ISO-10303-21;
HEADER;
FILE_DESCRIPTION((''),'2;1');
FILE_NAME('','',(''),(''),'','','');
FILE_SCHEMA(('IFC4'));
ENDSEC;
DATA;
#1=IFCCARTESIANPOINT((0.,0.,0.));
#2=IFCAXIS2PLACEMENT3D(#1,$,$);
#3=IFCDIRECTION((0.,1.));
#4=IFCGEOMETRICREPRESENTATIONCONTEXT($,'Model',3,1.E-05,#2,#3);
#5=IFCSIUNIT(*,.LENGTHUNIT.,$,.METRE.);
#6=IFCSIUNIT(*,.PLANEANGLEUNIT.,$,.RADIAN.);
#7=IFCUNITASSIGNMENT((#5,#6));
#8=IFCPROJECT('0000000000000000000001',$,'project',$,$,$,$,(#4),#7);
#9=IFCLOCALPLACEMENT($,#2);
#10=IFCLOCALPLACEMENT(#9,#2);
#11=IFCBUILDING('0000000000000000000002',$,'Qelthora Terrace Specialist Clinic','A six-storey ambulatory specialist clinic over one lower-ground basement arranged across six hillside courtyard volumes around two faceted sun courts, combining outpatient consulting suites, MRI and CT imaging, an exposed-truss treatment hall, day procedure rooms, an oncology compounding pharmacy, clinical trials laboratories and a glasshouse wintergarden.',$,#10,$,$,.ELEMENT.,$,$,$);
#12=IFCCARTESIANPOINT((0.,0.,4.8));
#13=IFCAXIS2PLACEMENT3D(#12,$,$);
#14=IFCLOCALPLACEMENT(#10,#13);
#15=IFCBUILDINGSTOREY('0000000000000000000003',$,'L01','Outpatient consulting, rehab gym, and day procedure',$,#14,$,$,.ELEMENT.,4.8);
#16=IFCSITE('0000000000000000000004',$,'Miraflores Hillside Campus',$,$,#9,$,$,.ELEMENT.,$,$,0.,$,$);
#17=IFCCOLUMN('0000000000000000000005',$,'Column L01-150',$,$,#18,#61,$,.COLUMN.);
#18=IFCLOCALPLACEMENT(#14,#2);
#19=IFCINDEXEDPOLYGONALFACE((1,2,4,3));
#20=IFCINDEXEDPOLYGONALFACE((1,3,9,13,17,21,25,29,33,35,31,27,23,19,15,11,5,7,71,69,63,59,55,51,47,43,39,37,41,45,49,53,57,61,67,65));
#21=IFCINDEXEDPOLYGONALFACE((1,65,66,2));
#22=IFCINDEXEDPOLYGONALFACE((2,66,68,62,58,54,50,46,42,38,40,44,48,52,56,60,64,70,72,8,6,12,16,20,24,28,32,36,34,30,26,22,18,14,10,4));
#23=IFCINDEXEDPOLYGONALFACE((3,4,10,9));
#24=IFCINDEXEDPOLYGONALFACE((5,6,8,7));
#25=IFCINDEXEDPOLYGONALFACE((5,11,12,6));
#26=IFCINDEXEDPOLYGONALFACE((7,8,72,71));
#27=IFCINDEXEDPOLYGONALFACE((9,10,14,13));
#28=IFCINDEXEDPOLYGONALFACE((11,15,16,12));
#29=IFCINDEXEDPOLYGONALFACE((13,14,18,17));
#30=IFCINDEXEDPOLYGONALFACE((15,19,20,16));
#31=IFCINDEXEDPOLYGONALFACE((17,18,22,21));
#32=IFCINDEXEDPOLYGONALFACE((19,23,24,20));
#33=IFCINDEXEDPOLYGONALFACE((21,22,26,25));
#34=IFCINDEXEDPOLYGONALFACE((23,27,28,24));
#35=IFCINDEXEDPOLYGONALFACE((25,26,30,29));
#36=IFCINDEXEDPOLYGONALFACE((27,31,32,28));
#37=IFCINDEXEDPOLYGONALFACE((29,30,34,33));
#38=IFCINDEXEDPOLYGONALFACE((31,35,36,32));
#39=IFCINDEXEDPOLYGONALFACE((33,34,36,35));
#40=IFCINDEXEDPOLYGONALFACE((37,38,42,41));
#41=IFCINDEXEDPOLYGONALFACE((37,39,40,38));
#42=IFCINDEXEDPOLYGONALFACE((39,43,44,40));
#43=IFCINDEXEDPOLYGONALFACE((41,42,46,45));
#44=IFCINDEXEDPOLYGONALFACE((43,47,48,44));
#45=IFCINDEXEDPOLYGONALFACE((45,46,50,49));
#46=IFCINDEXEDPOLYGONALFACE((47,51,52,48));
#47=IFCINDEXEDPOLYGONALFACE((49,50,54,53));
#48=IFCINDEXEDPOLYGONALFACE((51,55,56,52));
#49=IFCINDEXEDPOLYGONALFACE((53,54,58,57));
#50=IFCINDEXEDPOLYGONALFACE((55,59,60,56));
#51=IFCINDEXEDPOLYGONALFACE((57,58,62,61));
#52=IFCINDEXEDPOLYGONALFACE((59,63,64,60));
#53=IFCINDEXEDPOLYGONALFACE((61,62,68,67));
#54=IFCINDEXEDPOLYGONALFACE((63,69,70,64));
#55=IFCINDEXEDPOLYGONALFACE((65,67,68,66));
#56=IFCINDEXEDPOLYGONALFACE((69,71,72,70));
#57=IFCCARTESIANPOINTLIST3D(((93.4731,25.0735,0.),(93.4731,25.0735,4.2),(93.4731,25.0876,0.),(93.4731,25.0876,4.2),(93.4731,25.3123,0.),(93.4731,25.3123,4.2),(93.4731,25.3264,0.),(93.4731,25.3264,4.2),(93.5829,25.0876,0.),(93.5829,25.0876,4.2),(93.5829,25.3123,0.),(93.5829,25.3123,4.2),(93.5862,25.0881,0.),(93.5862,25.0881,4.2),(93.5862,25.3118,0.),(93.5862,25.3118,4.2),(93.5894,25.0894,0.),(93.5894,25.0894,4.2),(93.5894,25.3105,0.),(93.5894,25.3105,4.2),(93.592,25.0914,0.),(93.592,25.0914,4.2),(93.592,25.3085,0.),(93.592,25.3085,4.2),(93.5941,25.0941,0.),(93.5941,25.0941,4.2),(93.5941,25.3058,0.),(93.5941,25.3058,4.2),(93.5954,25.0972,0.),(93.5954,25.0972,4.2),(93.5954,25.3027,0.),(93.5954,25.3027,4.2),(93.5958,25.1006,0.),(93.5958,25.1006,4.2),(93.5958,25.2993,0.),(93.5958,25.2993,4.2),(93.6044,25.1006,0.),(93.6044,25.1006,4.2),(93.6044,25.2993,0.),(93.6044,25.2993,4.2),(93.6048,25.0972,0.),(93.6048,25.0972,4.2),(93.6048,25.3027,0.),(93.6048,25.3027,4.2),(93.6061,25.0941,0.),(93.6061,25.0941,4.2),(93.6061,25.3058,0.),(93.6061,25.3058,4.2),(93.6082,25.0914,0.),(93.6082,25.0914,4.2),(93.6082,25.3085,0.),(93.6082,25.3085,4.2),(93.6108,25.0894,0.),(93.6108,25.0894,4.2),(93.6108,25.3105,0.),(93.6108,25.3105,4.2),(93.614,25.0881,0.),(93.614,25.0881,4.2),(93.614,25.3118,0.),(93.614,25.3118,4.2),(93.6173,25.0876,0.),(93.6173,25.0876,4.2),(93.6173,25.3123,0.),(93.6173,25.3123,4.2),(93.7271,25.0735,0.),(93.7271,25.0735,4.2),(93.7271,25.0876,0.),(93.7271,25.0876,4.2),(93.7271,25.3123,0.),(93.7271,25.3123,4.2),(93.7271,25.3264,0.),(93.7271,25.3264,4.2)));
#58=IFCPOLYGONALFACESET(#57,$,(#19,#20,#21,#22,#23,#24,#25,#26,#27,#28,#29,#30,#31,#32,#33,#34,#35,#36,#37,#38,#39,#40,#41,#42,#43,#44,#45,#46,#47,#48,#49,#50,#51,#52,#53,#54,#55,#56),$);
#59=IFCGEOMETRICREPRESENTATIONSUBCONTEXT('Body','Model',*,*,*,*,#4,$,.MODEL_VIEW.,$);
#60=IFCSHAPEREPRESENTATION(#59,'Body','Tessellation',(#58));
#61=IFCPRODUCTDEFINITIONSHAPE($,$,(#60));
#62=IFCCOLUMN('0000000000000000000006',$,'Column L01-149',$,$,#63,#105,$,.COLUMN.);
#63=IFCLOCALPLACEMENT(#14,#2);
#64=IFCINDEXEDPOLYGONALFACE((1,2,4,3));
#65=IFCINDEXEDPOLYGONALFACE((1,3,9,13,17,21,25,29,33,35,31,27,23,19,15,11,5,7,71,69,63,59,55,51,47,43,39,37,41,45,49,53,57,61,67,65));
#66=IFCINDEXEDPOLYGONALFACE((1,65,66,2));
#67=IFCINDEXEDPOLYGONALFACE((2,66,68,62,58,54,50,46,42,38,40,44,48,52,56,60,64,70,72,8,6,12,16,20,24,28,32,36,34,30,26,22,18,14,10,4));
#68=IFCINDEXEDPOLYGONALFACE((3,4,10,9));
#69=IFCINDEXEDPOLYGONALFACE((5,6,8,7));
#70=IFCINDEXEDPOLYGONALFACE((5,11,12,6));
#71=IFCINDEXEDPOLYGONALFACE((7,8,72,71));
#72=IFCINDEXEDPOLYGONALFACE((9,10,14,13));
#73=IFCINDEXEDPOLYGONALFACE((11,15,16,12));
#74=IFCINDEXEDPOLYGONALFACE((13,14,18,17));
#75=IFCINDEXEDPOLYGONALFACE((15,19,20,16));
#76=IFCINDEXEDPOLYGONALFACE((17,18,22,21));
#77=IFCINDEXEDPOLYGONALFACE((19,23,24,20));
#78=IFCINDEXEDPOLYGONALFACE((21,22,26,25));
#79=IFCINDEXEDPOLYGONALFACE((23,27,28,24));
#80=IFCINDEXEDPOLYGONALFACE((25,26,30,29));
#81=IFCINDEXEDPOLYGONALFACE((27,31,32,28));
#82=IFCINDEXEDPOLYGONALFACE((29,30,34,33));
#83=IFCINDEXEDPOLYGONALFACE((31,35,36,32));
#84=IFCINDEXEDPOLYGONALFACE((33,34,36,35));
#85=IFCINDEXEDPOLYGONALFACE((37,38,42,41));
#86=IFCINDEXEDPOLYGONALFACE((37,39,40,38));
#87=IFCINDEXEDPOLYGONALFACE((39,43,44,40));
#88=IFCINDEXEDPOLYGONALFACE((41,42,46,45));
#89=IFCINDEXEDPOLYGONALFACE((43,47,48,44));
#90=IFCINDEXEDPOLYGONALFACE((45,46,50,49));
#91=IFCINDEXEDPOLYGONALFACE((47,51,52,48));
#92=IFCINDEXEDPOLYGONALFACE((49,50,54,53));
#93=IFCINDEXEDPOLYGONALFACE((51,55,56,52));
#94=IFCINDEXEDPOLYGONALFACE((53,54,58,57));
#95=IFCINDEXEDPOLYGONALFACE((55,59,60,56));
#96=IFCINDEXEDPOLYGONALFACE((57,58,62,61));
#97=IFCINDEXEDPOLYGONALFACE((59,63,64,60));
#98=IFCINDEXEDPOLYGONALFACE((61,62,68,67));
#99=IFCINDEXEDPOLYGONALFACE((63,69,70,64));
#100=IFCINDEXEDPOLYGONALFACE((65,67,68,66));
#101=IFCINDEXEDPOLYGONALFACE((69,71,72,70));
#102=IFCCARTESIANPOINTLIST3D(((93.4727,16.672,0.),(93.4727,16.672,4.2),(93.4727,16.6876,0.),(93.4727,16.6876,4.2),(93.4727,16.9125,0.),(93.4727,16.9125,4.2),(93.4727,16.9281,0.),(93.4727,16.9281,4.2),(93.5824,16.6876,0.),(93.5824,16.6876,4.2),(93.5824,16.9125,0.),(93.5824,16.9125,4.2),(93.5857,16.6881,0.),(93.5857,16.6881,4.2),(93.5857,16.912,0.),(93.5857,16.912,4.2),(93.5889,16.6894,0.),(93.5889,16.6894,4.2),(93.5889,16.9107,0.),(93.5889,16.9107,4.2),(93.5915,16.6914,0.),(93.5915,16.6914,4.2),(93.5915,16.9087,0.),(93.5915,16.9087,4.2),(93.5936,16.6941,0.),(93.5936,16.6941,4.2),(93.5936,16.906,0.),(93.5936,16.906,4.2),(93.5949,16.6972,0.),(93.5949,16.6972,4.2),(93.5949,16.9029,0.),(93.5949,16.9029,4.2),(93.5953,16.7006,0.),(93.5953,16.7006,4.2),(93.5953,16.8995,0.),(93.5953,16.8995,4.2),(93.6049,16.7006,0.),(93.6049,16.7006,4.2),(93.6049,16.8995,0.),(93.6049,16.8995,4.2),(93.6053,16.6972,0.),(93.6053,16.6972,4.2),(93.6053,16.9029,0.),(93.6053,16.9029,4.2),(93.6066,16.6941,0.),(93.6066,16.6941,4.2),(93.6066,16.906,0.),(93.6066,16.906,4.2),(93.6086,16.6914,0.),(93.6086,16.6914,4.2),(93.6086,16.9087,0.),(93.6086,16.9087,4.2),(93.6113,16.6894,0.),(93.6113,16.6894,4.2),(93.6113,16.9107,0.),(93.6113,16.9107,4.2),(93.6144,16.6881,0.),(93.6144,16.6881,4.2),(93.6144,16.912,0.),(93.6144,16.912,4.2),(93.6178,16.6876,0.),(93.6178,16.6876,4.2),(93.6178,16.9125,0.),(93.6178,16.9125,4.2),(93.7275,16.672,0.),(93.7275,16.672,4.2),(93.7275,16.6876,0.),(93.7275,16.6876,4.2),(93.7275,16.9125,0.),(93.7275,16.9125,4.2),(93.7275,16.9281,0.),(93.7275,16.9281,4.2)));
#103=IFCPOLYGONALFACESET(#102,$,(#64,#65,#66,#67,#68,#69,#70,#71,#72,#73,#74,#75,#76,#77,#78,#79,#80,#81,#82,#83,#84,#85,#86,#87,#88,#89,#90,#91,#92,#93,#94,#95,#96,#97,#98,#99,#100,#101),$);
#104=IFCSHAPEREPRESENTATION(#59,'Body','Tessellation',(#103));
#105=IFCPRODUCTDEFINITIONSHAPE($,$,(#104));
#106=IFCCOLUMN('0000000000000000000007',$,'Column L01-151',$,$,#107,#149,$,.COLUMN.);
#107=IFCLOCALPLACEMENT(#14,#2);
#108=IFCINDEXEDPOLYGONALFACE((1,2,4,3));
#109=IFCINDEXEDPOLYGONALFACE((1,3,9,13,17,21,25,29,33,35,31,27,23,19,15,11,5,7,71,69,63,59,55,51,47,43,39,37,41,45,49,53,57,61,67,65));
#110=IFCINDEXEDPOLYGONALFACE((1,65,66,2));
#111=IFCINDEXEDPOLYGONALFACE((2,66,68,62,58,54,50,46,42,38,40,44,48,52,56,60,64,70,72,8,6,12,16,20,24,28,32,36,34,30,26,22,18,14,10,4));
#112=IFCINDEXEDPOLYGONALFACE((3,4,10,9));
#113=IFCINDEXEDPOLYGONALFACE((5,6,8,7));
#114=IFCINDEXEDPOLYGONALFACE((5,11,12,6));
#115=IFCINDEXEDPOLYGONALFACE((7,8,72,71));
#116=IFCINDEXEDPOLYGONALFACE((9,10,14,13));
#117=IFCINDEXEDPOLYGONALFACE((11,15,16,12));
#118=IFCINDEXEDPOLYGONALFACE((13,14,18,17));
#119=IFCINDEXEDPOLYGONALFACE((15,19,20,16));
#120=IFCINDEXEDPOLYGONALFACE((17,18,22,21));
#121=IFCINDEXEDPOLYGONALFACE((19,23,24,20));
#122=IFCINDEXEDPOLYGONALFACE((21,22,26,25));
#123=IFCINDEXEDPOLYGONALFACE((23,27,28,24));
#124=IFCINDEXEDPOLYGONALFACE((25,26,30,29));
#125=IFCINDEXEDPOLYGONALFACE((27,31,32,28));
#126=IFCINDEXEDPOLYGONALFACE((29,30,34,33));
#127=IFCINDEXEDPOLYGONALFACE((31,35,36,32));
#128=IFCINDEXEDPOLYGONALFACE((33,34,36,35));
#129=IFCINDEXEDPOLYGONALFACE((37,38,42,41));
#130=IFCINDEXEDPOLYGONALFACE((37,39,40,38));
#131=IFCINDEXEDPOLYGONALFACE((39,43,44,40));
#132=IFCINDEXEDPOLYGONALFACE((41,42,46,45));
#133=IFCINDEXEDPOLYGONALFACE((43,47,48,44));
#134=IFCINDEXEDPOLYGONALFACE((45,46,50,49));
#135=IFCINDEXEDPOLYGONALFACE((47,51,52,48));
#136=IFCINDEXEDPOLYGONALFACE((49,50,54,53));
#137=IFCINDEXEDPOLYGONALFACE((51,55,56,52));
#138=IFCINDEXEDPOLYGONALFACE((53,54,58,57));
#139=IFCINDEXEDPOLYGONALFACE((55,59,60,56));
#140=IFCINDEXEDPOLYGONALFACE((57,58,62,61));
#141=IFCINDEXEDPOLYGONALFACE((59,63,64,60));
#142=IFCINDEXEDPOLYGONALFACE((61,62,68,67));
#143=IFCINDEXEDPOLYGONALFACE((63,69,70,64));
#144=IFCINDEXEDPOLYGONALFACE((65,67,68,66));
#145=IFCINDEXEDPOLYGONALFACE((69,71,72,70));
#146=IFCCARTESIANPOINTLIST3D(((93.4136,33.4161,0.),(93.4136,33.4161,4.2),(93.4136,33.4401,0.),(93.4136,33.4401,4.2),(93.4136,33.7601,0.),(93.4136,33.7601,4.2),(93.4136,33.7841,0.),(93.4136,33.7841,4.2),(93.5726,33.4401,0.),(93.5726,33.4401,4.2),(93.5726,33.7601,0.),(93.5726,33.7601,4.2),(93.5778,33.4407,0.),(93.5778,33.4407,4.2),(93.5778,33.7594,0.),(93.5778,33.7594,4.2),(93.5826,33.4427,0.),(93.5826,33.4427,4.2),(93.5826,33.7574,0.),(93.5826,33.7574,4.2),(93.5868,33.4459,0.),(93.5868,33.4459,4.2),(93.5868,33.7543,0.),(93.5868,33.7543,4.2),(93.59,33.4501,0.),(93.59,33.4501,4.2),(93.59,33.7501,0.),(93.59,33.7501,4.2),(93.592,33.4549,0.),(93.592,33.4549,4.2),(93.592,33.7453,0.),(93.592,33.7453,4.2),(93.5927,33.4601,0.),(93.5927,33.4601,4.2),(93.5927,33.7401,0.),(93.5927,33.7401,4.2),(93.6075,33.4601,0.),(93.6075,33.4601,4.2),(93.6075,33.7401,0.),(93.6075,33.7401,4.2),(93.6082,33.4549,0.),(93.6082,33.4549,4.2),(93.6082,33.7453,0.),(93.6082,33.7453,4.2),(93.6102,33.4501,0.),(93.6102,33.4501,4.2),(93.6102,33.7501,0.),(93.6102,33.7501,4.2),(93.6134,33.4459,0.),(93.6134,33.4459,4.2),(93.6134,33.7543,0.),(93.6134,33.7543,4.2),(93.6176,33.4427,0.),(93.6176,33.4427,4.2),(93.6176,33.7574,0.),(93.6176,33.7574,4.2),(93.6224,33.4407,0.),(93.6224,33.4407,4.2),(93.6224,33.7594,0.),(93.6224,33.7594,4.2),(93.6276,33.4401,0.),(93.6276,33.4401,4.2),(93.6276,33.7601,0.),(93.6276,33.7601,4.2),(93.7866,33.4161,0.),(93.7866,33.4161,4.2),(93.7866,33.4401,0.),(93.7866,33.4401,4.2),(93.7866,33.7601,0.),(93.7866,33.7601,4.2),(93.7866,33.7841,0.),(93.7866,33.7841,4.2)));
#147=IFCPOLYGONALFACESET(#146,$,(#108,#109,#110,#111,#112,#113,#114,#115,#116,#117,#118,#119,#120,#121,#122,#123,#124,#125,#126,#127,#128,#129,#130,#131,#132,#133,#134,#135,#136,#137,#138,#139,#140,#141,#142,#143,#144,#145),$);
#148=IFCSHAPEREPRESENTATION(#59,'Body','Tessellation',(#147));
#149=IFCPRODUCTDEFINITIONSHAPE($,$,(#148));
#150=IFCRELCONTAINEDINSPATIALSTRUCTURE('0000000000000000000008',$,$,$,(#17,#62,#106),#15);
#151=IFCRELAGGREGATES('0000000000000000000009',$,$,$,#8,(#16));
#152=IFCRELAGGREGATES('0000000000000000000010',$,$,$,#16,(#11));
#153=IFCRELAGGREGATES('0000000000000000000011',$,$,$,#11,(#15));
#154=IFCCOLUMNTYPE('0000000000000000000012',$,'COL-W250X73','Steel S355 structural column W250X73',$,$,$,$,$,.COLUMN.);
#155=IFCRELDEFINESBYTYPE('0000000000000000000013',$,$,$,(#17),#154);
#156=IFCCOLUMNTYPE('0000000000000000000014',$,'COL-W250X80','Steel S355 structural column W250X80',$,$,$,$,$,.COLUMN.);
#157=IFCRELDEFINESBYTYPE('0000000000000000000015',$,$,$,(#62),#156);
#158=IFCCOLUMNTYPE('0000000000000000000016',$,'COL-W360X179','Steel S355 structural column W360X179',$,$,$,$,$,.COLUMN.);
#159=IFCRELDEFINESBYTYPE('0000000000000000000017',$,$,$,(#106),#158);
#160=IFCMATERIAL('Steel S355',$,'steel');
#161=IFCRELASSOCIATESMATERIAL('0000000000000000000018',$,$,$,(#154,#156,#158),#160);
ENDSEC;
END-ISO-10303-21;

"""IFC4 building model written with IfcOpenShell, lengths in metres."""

from ifc_helpers import new_model, si_unit, direction, frame, origin, origin_2d, place, context, subcontext, project, spatial, i_section, extrude, material, material_profile, profile_set, type_object, element, save


model = new_model("IFC4")

# Units and contexts
model_context = context("Model", 3, precision=1e-05, world=origin(), true_north=direction((0.0, 1.0)))
body_context = subcontext(model_context, "Body", "Model", "MODEL_VIEW")
ifc_project = project(units=[si_unit("LENGTHUNIT", "METRE"), si_unit("PLANEANGLEUNIT", "RADIAN")], contexts=[model_context])

# Site, building, storey
site_placement = place(None, origin())
site = spatial("IfcSite", under=ifc_project, at=site_placement, Name="Miraflores Hillside Campus", CompositionType="ELEMENT", RefElevation=0.0)
building_placement = place(site_placement, origin())
building = spatial("IfcBuilding", under=site, at=building_placement, Name="Qelthora Terrace Specialist Clinic", Description="A six-storey ambulatory specialist clinic over one lower-ground basement arranged across six hillside courtyard volumes around two faceted sun courts, combining outpatient consulting suites, MRI and CT imaging, an exposed-truss treatment hall, day procedure rooms, an oncology compounding pharmacy, clinical trials laboratories and a glasshouse wintergarden.", CompositionType="ELEMENT")
storey_placement = place(building_placement, frame((0.0, 0.0, 4.8)))
storey = spatial("IfcBuildingStorey", under=building, at=storey_placement, Name="L01", Description="Outpatient consulting, rehab gym, and day procedure", CompositionType="ELEMENT", Elevation=4.8)

# Columns
ifc_material_1 = material(Name="Steel S355", Category="steel")
ifc_material_profile_1 = material_profile(ifc_material_1, i_section(OverallWidth=0.2539, OverallDepth=0.2529, WebThickness=0.0085, FlangeThickness=0.0142, FilletRadius=0.0129, at=origin_2d()), Name="W250X73")
ifc_profile_set_1 = profile_set([ifc_material_profile_1], Name="Steel S355")
column_type_1 = type_object("IfcColumnType", Name="COL-W250X73", Description="Steel S355 structural column W250X73", PredefinedType="COLUMN", material=ifc_profile_set_1)
column_1_placement = place(storey_placement, frame((93.6001, 25.2, 0.0), z_axis=(0.0, 0.0, 1.0), x_axis=(1.0, 0.0, 0.0)))
element("IfcColumn", 1, at=column_1_placement, inside=storey, type_object=column_type_1, Name="Column L01-150", PredefinedType="COLUMN", context=body_context, shape_type="SweptSolid", body=[
    extrude(i_section(OverallWidth=0.2539, OverallDepth=0.2529, WebThickness=0.0085, FlangeThickness=0.0142, FilletRadius=0.0129, at=origin_2d()), origin(), (0.0, 0.0, 1.0), 4.2),
])
ifc_material_profile_2 = material_profile(ifc_material_1, i_section(OverallWidth=0.2549, OverallDepth=0.2561, WebThickness=0.0095, FlangeThickness=0.0156, FilletRadius=0.0129, at=origin_2d()), Name="W250X80")
ifc_profile_set_2 = profile_set([ifc_material_profile_2], Name="Steel S355")
column_type_2 = type_object("IfcColumnType", Name="COL-W250X80", Description="Steel S355 structural column W250X80", PredefinedType="COLUMN", material=ifc_profile_set_2)
column_2_placement = place(storey_placement, frame((93.6001, 16.8, 0.0), z_axis=(0.0, 0.0, 1.0), x_axis=(1.0, 0.0, 0.0)))
element("IfcColumn", 2, at=column_2_placement, inside=storey, type_object=column_type_2, Name="Column L01-149", PredefinedType="COLUMN", context=body_context, shape_type="SweptSolid", body=[
    extrude(i_section(OverallWidth=0.2549, OverallDepth=0.2561, WebThickness=0.0095, FlangeThickness=0.0156, FilletRadius=0.0129, at=origin_2d()), origin(), (0.0, 0.0, 1.0), 4.2),
])
ifc_material_profile_3 = material_profile(ifc_material_1, i_section(OverallWidth=0.373, OverallDepth=0.3679, WebThickness=0.0149, FlangeThickness=0.0239, FilletRadius=0.02, at=origin_2d()), Name="W360X179")
ifc_profile_set_3 = profile_set([ifc_material_profile_3], Name="Steel S355")
column_type_3 = type_object("IfcColumnType", Name="COL-W360X179", Description="Steel S355 structural column W360X179", PredefinedType="COLUMN", material=ifc_profile_set_3)
column_3_placement = place(storey_placement, frame((93.6001, 33.6001, 0.0), z_axis=(0.0, 0.0, 1.0), x_axis=(1.0, 0.0, 0.0)))
element("IfcColumn", 3, at=column_3_placement, inside=storey, type_object=column_type_3, Name="Column L01-151", PredefinedType="COLUMN", context=body_context, shape_type="SweptSolid", body=[
    extrude(i_section(OverallWidth=0.373, OverallDepth=0.3679, WebThickness=0.0149, FlangeThickness=0.0239, FilletRadius=0.02, at=origin_2d()), origin(), (0.0, 0.0, 1.0), 4.2),
])

save(model, "model.ifc")
